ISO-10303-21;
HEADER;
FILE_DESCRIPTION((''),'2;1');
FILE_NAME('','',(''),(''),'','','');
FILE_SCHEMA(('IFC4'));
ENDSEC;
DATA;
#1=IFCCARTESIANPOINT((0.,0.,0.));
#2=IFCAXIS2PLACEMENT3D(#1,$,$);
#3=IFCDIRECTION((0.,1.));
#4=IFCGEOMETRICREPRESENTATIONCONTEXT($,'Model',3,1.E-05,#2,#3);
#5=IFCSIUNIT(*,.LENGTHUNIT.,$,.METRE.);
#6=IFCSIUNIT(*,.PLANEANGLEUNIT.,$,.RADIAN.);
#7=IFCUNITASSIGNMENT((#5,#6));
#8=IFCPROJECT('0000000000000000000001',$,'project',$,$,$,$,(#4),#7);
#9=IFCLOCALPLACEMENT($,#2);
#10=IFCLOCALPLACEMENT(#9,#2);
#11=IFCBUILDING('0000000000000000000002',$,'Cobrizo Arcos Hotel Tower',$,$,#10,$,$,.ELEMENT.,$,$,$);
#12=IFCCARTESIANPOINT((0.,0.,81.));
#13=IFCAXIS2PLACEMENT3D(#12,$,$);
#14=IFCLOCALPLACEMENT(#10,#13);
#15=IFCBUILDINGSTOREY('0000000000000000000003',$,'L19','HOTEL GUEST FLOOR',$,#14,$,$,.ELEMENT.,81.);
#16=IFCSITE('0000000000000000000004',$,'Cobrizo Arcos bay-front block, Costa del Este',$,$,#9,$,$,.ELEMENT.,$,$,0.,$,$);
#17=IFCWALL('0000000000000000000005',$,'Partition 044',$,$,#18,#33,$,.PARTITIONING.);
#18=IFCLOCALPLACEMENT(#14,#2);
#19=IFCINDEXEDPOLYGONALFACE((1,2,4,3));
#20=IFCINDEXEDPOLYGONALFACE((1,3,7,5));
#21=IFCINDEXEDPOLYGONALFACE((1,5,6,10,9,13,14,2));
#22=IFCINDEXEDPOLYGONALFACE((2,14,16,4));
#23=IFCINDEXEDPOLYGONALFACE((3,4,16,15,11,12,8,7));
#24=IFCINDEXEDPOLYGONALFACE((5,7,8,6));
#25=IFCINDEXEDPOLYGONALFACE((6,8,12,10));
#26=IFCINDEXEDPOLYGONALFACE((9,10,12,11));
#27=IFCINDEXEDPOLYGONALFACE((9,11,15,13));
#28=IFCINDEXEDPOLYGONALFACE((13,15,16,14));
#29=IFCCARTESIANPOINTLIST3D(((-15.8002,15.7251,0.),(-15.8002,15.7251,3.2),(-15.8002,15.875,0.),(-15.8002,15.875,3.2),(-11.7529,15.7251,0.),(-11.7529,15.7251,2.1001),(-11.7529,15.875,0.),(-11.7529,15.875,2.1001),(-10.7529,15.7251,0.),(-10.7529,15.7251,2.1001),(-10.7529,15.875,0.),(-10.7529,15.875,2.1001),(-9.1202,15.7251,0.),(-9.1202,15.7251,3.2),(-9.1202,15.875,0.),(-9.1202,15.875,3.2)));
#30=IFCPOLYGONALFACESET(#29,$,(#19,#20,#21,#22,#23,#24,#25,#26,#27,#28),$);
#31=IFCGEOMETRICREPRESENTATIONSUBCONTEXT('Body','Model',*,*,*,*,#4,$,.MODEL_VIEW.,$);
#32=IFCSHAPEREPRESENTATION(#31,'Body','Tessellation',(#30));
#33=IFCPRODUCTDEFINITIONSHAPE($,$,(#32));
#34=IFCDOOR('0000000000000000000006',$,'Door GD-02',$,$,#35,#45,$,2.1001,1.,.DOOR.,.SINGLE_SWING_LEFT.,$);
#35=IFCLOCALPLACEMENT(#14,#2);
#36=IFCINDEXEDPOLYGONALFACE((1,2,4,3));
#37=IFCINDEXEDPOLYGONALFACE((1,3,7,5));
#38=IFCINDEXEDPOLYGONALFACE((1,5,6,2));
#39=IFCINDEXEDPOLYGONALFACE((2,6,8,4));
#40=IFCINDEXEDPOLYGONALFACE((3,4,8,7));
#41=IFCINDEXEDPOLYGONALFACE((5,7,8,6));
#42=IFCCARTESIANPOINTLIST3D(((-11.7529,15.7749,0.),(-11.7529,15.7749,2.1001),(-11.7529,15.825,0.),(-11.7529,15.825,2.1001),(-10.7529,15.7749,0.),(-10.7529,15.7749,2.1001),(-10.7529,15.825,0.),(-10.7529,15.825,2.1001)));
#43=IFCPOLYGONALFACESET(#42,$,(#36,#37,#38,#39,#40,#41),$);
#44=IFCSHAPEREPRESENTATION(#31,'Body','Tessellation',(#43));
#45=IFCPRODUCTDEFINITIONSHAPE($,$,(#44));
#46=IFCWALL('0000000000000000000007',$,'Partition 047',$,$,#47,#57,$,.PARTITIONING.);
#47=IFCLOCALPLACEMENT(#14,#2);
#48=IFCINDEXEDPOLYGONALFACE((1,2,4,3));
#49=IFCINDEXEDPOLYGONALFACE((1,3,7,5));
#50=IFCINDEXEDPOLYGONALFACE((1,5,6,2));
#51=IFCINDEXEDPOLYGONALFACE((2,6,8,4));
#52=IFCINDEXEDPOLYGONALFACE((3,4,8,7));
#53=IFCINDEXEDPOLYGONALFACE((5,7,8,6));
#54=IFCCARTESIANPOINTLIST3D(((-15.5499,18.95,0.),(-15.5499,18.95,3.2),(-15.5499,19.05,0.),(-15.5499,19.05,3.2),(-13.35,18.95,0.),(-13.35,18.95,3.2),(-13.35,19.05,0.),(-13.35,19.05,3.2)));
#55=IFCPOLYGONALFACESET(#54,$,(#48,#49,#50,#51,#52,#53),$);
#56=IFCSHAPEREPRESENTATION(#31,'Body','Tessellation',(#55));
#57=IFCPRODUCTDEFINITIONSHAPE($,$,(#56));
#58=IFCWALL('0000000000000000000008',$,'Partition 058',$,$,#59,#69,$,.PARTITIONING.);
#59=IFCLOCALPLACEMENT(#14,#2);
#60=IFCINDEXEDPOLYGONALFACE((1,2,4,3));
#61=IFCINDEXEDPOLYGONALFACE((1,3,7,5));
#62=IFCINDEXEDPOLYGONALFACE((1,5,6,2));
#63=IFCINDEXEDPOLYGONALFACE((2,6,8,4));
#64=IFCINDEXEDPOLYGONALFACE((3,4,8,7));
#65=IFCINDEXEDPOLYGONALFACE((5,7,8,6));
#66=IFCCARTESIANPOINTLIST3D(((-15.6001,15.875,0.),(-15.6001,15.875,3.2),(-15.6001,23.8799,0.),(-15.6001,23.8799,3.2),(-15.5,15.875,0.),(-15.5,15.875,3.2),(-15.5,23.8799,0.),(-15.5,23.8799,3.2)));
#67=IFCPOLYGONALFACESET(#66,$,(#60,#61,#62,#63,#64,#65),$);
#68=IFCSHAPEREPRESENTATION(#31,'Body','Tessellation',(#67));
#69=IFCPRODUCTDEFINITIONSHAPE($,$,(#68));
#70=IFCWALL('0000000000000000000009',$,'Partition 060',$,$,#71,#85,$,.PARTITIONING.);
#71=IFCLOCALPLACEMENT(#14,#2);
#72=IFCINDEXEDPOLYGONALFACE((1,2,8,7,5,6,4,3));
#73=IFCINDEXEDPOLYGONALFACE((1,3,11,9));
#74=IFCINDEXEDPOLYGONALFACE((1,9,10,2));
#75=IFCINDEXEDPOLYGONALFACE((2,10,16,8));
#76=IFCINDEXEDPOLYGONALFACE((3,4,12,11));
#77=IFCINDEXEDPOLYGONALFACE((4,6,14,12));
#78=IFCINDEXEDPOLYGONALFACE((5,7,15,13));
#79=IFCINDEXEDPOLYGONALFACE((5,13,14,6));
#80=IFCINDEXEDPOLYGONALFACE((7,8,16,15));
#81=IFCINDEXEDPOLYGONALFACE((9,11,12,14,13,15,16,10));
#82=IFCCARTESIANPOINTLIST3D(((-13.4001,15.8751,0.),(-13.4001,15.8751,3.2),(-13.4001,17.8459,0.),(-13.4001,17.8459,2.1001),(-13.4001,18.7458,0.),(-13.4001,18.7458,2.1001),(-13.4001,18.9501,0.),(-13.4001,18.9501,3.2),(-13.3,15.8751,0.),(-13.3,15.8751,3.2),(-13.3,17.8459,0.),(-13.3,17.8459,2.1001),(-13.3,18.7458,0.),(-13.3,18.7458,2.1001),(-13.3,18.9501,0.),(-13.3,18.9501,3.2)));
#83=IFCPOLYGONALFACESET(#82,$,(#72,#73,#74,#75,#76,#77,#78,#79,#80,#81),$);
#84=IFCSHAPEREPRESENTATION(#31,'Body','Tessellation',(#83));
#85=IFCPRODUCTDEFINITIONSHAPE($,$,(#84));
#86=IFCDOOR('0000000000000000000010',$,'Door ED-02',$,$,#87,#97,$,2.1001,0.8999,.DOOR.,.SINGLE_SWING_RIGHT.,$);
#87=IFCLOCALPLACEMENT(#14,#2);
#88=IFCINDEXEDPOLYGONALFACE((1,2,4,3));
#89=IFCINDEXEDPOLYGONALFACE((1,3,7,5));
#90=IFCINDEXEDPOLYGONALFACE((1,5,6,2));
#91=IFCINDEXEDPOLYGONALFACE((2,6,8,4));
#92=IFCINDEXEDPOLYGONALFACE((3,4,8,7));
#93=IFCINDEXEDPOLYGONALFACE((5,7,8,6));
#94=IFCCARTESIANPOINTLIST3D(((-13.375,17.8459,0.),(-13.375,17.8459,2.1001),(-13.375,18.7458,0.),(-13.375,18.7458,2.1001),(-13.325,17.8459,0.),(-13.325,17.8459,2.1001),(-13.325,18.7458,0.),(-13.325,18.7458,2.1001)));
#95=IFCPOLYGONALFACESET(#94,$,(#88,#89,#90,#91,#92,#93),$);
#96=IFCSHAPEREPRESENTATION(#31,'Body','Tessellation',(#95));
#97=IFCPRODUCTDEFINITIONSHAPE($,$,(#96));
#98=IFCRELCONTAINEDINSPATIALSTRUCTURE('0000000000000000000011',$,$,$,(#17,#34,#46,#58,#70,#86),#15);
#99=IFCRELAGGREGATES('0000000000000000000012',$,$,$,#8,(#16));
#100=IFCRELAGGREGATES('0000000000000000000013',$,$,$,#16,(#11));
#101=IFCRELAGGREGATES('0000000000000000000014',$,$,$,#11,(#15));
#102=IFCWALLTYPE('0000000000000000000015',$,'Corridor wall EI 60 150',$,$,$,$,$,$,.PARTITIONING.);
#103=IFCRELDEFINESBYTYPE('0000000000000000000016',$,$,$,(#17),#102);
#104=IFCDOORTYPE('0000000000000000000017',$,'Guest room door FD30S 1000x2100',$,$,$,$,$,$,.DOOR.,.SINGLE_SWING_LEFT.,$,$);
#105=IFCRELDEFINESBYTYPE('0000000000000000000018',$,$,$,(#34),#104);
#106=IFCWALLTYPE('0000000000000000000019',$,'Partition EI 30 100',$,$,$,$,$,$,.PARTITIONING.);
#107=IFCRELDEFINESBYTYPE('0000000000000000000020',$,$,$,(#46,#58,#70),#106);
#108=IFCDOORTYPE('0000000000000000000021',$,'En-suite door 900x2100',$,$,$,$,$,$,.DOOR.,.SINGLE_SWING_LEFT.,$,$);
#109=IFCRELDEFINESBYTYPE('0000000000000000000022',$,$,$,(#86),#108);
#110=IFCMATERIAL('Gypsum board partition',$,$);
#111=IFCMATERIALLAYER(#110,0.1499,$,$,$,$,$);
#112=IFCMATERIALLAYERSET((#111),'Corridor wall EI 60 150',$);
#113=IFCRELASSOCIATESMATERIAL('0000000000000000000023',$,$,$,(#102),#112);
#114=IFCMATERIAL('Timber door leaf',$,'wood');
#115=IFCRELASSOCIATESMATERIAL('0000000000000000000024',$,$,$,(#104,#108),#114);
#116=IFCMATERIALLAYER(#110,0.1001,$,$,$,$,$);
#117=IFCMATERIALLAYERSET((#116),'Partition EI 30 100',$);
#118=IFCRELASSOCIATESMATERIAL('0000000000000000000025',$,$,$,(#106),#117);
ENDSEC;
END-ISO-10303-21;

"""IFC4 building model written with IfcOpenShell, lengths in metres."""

from ifc_helpers import new_model, si_unit, direction, frame, frame_2d, origin, place, context, subcontext, project, spatial, rectangle, extrude, material, layer, layer_set, type_object, element, fill, save


model = new_model("IFC4")

# Units and contexts
model_context = context("Model", 3, precision=1e-05, world=origin(), true_north=direction((0.0, 1.0)))
body_context = subcontext(model_context, "Body", "Model", "MODEL_VIEW")
ifc_project = project(units=[si_unit("LENGTHUNIT", "METRE"), si_unit("PLANEANGLEUNIT", "RADIAN")], contexts=[model_context])

# Site, building, storey
site_placement = place(None, origin())
site = spatial("IfcSite", under=ifc_project, at=site_placement, Name="Cobrizo Arcos bay-front block, Costa del Este", CompositionType="ELEMENT", RefElevation=0.0)
building_placement = place(site_placement, origin())
building = spatial("IfcBuilding", under=site, at=building_placement, Name="Cobrizo Arcos Hotel Tower", CompositionType="ELEMENT")
storey_placement = place(building_placement, frame((0.0, 0.0, 81.0)))
storey = spatial("IfcBuildingStorey", under=building, at=storey_placement, Name="L19", Description="HOTEL GUEST FLOOR", CompositionType="ELEMENT", Elevation=81.0)

# Wall, opening, door
ifc_material_1 = material(Name="Gypsum board partition")
ifc_layer_1 = layer(ifc_material_1, 0.1499)
ifc_layer_set_1 = layer_set([ifc_layer_1], Name="Corridor wall EI 60 150")
wall_type_1 = type_object("IfcWallType", Name="Corridor wall EI 60 150", PredefinedType="PARTITIONING", material=ifc_layer_set_1)
wall_1_placement = place(storey_placement, frame((-15.8, 15.8, 0.0), z_axis=(0.0, 0.0, 1.0), x_axis=(1.0, 0.0, 0.0)))
wall_1 = element("IfcWall", 1, at=wall_1_placement, inside=storey, type_object=wall_type_1, Name="Partition 044", PredefinedType="PARTITIONING", context=body_context, shape_type="SweptSolid", body=[
    extrude(rectangle(XDim=6.6799, YDim=0.1499, at=frame_2d((3.3398, 0.0))), origin(), (0.0, 0.0, 1.0), 3.2),
])
opening_1_placement = place(wall_1_placement, frame((4.0471, 0.0, 0.0)))
opening_1 = element("IfcOpeningElement", 2, at=opening_1_placement, cuts=wall_1, PredefinedType="OPENING", context=body_context, shape_type="SweptSolid", body=[
    extrude(rectangle(XDim=1.0, YDim=2.1001, at=frame_2d((0.5, 1.05))), frame((0.0, 0.0869, 0.0), z_axis=(0.0, -1.0, 0.0), x_axis=(1.0, 0.0, 0.0)), (0.0, 0.0, 1.0), 0.1738),
])
ifc_material_2 = material(Name="Timber door leaf", Category="wood")
door_type_1 = type_object("IfcDoorType", Name="Guest room door FD30S 1000x2100", OperationType="SINGLE_SWING_LEFT", PredefinedType="DOOR", material=ifc_material_2)
door_1_placement = place(opening_1_placement, origin())
door_1 = element("IfcDoor", 3, at=door_1_placement, inside=storey, type_object=door_type_1, Name="Door GD-02", OperationType="SINGLE_SWING_LEFT", OverallHeight=2.1001, OverallWidth=1.0, PredefinedType="DOOR", context=body_context, shape_type="SweptSolid", body=[
    extrude(rectangle(XDim=1.0, YDim=2.1001, at=frame_2d((0.5, 1.05))), frame((0.0, 0.0249, 0.0), z_axis=(0.0, -1.0, 0.0), x_axis=(1.0, 0.0, 0.0)), (0.0, 0.0, 1.0), 0.05),
])
fill(opening_1, door_1)

# Walls
ifc_layer_2 = layer(ifc_material_1, 0.1001)
ifc_layer_set_2 = layer_set([ifc_layer_2], Name="Partition EI 30 100")
wall_type_2 = type_object("IfcWallType", Name="Partition EI 30 100", PredefinedType="PARTITIONING", material=ifc_layer_set_2)
wall_2_placement = place(storey_placement, frame((-15.55, 19.0, 0.0), z_axis=(0.0, 0.0, 1.0), x_axis=(1.0, 0.0, 0.0)))
element("IfcWall", 4, at=wall_2_placement, inside=storey, type_object=wall_type_2, Name="Partition 047", PredefinedType="PARTITIONING", context=body_context, shape_type="SweptSolid", body=[
    extrude(rectangle(XDim=2.2, YDim=0.1001, at=frame_2d((1.1001, 0.0))), origin(), (0.0, 0.0, 1.0), 3.2),
])
wall_3_placement = place(storey_placement, frame((-15.55, 15.875, 0.0), z_axis=(0.0, 0.0, 1.0), x_axis=(0.0, 1.0, 0.0)))
element("IfcWall", 5, at=wall_3_placement, inside=storey, type_object=wall_type_2, Name="Partition 058", PredefinedType="PARTITIONING", context=body_context, shape_type="SweptSolid", body=[
    extrude(rectangle(XDim=8.0049, YDim=0.1001, at=frame_2d((4.0024, 0.0))), origin(), (0.0, 0.0, 1.0), 3.2),
])

# Wall, opening, door
wall_4_placement = place(storey_placement, frame((-13.3501, 15.875, 0.0), z_axis=(0.0, 0.0, 1.0), x_axis=(0.0, 1.0, 0.0)))
wall_4 = element("IfcWall", 6, at=wall_4_placement, inside=storey, type_object=wall_type_2, Name="Partition 060", PredefinedType="PARTITIONING", context=body_context, shape_type="SweptSolid", body=[
    extrude(rectangle(XDim=3.075, YDim=0.1001, at=frame_2d((1.5376, 0.0))), origin(), (0.0, 0.0, 1.0), 3.2),
])
opening_2_placement = place(wall_4_placement, frame((1.9709, 0.0, 0.0)))
opening_2 = element("IfcOpeningElement", 7, at=opening_2_placement, cuts=wall_4, PredefinedType="OPENING", context=body_context, shape_type="SweptSolid", body=[
    extrude(rectangle(XDim=0.8999, YDim=2.1001, at=frame_2d((0.45, 1.05))), frame((0.0, 0.062, 0.0), z_axis=(0.0, -1.0, 0.0), x_axis=(1.0, 0.0, 0.0)), (0.0, 0.0, 1.0), 0.124),
])
door_type_2 = type_object("IfcDoorType", Name="En-suite door 900x2100", OperationType="SINGLE_SWING_LEFT", PredefinedType="DOOR", material=ifc_material_2)
door_2_placement = place(opening_2_placement, origin())
door_2 = element("IfcDoor", 8, at=door_2_placement, inside=storey, type_object=door_type_2, Name="Door ED-02", OperationType="SINGLE_SWING_RIGHT", OverallHeight=2.1001, OverallWidth=0.8999, PredefinedType="DOOR", context=body_context, shape_type="SweptSolid", body=[
    extrude(rectangle(XDim=0.8999, YDim=2.1001, at=frame_2d((0.45, 1.05))), frame((0.0, 0.0249, 0.0), z_axis=(0.0, -1.0, 0.0), x_axis=(1.0, 0.0, 0.0)), (0.0, 0.0, 1.0), 0.05),
])
fill(opening_2, door_2)

save(model, "model.ifc")
